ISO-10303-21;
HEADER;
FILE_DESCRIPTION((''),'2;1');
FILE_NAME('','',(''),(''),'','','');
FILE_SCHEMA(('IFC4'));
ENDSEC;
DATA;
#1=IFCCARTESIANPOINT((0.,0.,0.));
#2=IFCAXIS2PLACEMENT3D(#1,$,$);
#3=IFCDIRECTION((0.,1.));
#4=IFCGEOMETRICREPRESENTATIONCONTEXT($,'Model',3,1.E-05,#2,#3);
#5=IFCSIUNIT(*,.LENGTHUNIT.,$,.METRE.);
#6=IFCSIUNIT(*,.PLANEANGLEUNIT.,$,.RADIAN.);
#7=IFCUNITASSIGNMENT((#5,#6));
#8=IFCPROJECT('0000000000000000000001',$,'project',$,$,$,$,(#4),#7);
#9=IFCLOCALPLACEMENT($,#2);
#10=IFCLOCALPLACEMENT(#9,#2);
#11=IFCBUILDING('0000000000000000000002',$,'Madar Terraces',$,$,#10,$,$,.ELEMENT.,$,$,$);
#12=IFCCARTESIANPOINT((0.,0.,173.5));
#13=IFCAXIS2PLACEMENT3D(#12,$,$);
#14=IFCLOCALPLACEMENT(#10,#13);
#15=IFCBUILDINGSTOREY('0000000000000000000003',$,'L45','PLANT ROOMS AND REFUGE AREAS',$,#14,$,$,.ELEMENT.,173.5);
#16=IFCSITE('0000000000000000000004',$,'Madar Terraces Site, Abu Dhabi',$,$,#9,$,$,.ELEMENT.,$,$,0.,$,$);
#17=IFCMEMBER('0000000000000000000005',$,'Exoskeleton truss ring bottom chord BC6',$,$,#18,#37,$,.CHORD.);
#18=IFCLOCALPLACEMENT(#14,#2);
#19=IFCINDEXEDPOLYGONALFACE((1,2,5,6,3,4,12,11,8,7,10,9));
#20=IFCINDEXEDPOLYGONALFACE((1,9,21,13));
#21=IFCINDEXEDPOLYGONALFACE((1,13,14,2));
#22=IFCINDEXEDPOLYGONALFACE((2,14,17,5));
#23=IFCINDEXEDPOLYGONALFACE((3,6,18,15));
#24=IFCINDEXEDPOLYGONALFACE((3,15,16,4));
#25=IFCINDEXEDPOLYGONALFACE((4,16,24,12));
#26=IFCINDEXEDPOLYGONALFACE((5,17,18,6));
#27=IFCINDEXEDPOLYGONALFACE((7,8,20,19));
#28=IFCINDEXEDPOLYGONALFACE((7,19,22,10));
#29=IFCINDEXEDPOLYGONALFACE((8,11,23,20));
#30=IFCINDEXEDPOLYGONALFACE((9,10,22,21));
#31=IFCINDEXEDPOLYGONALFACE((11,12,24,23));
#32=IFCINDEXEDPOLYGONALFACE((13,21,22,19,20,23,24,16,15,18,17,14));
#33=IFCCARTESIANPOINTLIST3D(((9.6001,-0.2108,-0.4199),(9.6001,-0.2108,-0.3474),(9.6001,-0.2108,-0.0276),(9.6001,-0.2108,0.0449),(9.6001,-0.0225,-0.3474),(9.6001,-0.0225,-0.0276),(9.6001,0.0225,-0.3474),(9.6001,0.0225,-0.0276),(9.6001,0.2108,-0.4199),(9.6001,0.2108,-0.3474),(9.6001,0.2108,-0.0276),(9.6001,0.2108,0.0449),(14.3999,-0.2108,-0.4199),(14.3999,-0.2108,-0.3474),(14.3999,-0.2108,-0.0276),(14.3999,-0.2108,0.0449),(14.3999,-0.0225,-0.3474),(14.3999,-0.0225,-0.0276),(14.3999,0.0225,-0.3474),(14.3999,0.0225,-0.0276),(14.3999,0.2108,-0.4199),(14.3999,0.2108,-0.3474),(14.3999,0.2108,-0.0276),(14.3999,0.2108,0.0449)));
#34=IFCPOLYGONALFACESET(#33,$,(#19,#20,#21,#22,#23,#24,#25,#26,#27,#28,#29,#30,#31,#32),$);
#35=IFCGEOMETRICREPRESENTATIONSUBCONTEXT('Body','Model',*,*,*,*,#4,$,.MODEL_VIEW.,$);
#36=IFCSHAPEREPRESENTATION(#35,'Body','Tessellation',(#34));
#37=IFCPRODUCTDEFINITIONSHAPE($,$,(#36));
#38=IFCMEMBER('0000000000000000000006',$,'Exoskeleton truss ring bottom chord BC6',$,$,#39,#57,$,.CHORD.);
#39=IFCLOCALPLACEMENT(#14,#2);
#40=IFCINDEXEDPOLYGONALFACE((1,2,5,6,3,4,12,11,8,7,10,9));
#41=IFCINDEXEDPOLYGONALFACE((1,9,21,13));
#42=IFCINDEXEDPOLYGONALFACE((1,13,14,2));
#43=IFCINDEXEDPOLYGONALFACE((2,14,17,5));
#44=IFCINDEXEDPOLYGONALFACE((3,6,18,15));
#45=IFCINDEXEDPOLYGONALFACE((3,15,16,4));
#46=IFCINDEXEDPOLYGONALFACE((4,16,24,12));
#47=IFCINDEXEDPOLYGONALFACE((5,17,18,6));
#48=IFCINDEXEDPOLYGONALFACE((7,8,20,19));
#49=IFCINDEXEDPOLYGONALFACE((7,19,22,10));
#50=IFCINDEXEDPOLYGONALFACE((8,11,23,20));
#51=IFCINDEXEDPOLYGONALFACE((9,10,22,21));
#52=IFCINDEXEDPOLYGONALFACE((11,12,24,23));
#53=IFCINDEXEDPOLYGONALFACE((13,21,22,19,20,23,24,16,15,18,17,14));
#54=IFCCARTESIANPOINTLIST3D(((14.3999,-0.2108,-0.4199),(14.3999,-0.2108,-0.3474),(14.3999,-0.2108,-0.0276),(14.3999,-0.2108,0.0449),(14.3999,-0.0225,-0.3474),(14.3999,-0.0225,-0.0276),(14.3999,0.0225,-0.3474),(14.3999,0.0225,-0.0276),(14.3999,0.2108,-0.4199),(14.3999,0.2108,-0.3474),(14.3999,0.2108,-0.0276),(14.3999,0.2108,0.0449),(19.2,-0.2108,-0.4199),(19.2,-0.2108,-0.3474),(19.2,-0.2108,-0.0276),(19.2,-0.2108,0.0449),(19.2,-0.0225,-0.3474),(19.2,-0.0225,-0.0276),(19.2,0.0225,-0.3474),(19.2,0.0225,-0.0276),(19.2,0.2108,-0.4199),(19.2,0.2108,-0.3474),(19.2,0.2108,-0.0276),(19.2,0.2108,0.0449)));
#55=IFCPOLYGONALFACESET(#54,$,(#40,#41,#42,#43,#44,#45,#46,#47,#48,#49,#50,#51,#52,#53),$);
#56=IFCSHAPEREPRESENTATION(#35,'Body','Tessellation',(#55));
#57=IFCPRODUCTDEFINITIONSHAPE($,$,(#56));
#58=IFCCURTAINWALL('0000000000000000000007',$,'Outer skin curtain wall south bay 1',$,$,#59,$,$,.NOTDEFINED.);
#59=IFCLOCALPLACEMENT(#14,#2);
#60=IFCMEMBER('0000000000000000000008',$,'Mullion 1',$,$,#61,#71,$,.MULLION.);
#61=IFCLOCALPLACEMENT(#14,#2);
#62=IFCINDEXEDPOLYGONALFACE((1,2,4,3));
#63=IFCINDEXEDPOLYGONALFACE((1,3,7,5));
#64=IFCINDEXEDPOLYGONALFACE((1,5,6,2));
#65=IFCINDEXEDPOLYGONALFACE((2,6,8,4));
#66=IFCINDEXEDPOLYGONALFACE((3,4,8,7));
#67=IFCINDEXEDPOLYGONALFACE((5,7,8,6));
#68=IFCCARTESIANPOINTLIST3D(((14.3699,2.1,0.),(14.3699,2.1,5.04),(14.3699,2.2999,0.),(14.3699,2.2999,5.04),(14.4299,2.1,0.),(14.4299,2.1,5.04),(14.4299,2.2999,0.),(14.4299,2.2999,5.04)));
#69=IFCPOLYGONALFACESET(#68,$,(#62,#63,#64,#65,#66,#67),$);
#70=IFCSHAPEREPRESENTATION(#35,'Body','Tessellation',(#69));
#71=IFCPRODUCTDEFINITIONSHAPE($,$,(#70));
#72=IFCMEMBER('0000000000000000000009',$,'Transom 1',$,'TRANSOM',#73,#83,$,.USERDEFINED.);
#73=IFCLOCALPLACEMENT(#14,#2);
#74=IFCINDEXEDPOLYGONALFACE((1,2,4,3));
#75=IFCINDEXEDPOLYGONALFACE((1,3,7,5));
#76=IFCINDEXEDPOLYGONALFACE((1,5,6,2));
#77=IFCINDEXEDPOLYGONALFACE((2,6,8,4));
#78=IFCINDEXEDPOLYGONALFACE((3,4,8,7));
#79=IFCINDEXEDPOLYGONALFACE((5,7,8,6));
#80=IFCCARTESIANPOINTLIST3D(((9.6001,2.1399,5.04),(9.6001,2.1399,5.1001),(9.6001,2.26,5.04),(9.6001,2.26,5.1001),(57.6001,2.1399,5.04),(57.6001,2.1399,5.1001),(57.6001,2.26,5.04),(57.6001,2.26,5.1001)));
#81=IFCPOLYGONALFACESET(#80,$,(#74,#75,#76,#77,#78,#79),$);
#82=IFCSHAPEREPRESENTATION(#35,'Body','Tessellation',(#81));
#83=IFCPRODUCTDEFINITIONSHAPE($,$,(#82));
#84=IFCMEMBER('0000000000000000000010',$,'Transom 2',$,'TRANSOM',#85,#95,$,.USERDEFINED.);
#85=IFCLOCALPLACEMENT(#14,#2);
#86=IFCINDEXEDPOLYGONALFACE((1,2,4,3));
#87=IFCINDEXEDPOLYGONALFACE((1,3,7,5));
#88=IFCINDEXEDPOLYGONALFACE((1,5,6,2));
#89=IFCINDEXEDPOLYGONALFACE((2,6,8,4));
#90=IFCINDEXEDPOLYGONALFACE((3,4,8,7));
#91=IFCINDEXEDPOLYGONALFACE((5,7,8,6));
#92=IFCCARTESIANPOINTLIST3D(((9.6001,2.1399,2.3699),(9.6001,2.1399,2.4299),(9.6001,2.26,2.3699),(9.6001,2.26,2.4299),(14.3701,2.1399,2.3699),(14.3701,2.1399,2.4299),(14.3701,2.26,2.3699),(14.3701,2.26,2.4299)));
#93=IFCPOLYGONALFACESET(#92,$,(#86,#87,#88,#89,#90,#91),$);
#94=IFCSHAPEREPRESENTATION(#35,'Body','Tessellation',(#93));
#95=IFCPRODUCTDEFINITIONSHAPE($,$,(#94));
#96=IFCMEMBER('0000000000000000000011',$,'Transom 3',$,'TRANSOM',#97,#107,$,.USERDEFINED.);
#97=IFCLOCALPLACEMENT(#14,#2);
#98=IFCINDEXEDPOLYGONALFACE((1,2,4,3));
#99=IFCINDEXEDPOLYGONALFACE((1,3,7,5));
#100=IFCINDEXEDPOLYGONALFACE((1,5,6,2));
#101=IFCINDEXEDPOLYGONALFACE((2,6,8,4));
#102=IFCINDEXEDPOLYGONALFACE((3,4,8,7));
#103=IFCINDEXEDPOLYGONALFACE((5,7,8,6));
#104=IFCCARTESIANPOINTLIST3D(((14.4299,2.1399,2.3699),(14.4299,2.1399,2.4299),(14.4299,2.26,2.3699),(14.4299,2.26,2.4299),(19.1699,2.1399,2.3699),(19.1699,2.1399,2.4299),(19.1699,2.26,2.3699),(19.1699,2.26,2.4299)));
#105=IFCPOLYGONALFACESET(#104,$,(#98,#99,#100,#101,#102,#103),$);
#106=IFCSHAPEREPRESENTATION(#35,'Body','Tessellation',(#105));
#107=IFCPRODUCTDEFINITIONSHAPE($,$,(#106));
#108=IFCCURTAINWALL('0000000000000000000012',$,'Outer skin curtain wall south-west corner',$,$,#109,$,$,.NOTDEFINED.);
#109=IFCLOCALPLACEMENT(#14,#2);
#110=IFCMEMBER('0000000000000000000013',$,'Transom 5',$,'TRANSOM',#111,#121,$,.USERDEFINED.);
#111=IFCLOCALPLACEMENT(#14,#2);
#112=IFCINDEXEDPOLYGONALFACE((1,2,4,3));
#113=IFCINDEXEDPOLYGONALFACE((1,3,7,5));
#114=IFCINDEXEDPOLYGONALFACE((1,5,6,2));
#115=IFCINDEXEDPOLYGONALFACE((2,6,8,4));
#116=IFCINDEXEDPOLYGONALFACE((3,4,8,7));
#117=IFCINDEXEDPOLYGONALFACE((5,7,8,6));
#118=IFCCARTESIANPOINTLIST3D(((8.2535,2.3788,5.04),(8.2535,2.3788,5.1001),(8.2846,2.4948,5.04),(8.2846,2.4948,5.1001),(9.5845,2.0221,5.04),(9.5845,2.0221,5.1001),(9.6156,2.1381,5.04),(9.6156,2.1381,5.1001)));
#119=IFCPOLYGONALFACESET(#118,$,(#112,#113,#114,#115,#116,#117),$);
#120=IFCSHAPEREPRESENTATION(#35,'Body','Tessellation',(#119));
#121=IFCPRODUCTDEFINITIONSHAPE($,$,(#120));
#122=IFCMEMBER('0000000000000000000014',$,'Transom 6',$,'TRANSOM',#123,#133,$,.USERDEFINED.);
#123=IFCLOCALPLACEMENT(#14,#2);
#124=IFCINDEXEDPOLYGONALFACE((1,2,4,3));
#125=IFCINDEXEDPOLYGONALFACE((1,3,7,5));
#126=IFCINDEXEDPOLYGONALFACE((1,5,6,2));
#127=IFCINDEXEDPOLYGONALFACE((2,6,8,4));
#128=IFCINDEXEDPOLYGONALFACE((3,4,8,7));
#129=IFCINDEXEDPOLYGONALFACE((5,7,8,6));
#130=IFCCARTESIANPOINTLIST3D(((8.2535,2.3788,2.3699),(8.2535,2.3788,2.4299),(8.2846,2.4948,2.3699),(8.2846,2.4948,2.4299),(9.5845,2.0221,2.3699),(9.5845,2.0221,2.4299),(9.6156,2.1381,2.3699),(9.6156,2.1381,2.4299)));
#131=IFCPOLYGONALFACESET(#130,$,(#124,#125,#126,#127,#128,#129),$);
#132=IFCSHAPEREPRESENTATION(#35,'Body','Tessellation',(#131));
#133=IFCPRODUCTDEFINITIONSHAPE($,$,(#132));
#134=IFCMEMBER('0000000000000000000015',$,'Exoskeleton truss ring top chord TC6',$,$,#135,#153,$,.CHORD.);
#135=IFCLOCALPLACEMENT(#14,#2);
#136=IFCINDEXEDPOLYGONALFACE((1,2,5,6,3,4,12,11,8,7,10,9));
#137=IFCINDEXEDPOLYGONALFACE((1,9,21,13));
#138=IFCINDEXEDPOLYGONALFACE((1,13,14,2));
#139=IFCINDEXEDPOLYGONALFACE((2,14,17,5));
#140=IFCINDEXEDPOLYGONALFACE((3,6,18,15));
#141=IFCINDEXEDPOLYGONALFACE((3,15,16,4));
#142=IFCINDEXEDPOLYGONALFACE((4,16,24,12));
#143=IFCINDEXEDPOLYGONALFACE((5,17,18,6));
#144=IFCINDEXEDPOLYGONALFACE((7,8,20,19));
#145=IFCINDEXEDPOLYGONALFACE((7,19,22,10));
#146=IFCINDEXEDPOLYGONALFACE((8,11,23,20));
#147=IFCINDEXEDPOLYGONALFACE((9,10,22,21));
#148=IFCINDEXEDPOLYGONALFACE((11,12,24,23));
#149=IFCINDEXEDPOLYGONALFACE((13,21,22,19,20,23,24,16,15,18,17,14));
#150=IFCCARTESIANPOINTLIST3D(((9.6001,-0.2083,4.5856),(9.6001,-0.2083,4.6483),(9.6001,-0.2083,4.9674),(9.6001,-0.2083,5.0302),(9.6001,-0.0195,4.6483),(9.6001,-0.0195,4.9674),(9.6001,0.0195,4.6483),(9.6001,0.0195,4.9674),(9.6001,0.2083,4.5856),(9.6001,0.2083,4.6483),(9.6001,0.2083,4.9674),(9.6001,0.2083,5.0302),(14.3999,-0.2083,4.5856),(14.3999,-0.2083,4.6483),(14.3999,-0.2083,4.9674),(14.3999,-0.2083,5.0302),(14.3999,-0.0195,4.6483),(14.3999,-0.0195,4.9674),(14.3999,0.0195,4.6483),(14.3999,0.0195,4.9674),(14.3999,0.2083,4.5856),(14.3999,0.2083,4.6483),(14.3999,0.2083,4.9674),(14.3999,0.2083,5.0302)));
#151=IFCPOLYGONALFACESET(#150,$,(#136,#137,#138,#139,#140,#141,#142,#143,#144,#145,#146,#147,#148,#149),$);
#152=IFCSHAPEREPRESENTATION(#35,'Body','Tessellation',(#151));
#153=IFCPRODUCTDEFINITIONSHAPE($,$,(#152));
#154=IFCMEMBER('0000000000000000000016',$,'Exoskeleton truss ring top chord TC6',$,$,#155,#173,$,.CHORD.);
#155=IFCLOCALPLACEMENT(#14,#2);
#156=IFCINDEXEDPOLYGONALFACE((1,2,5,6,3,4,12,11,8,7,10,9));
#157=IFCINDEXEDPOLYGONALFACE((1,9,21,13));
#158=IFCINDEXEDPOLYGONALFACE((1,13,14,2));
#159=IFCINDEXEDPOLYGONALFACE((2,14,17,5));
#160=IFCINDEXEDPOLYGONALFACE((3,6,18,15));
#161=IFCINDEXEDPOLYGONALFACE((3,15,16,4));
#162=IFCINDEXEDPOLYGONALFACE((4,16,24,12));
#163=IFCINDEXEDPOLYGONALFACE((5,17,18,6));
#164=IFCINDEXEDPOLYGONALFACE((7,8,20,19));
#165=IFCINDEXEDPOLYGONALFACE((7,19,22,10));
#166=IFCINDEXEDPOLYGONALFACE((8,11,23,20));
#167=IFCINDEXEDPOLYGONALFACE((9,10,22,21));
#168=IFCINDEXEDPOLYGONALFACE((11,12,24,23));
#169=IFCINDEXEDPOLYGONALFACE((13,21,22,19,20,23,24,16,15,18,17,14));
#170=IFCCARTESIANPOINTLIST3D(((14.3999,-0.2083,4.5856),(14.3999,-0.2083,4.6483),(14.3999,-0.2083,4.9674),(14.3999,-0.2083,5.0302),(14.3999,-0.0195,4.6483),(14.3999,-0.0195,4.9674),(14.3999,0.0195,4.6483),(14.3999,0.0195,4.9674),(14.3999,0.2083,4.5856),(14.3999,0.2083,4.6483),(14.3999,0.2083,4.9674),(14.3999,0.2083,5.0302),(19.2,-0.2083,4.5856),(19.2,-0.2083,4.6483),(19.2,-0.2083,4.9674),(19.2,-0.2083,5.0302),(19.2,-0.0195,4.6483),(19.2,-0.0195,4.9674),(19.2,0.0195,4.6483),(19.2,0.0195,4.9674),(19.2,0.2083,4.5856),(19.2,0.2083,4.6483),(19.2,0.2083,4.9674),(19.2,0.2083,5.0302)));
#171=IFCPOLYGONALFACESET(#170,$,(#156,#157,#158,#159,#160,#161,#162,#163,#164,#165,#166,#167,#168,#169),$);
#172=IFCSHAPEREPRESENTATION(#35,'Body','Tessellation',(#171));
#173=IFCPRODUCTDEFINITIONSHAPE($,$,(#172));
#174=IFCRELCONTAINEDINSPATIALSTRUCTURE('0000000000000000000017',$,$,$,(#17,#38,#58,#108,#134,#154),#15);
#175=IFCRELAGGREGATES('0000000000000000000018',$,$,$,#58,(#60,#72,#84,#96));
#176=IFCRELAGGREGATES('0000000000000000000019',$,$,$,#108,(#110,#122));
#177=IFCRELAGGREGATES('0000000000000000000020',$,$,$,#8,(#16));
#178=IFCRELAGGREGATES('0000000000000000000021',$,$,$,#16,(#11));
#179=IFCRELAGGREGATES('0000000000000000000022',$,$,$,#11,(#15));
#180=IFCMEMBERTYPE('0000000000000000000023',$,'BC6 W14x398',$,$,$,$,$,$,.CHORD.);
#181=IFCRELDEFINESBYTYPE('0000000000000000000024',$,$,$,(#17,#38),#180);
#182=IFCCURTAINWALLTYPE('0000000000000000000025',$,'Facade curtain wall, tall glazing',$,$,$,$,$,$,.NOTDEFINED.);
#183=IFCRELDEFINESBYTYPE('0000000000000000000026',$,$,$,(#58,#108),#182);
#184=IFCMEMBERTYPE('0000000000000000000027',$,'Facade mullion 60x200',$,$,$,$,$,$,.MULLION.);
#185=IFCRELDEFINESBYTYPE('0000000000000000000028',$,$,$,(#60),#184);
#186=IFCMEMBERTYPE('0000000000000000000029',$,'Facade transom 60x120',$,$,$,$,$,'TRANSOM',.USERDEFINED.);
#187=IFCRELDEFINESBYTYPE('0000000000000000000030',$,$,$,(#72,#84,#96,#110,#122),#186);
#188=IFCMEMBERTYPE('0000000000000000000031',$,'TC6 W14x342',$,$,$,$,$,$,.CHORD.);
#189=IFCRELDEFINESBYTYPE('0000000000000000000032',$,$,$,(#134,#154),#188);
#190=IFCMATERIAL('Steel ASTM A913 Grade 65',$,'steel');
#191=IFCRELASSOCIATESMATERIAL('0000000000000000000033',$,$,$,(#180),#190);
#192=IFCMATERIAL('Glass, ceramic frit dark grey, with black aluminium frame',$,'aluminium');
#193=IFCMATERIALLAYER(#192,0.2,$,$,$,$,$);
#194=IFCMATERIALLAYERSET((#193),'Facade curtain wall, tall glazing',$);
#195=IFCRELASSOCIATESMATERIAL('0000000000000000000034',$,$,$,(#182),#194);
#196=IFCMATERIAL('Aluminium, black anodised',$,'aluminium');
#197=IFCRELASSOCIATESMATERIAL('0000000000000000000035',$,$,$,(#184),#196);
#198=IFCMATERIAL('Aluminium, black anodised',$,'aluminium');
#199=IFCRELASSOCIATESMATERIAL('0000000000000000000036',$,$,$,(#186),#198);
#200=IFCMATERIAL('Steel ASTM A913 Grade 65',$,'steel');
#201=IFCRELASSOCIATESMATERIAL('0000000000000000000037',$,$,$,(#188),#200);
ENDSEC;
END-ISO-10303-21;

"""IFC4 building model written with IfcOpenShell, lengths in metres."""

from ifc_helpers import new_model, si_unit, direction, frame, origin, origin_2d, place, context, subcontext, project, spatial, rectangle, i_section, extrude, material, layer, layer_set, material_profile, profile_set, type_object, element, aggregate, save


model = new_model("IFC4")

# Units and contexts
model_context = context("Model", 3, precision=1e-05, world=origin(), true_north=direction((0.0, 1.0)))
body_context = subcontext(model_context, "Body", "Model", "MODEL_VIEW")
ifc_project = project(units=[si_unit("LENGTHUNIT", "METRE"), si_unit("PLANEANGLEUNIT", "RADIAN")], contexts=[model_context])

# Site, building, storey
site_placement = place(None, origin())
site = spatial("IfcSite", under=ifc_project, at=site_placement, Name="Madar Terraces Site, Abu Dhabi", CompositionType="ELEMENT", RefElevation=0.0)
building_placement = place(site_placement, origin())
building = spatial("IfcBuilding", under=site, at=building_placement, Name="Madar Terraces", CompositionType="ELEMENT")
storey_placement = place(building_placement, frame((0.0, 0.0, 173.5)))
storey = spatial("IfcBuildingStorey", under=building, at=storey_placement, Name="L45", Description="PLANT ROOMS AND REFUGE AREAS", CompositionType="ELEMENT", Elevation=173.5)

# Members
ifc_material_1 = material(Name="Steel ASTM A913 Grade 65", Category="steel")
ifc_material_profile_1 = material_profile(ifc_material_1, i_section(OverallWidth=0.4216, OverallDepth=0.4648, WebThickness=0.0449, FlangeThickness=0.0725, at=origin_2d()), Name="W14x398")
ifc_profile_set_1 = profile_set([ifc_material_profile_1], Name="Steel ASTM A913 Grade 65")
member_type_1 = type_object("IfcMemberType", Name="BC6 W14x398", PredefinedType="CHORD", material=ifc_profile_set_1)
member_1_placement = place(storey_placement, frame((9.6001, 0.0, -0.1875), z_axis=(1.0, 0.0, 0.0), x_axis=(0.0, 1.0, 0.0)))
element("IfcMember", 1, at=member_1_placement, inside=storey, type_object=member_type_1, Name="Exoskeleton truss ring bottom chord BC6", PredefinedType="CHORD", context=body_context, shape_type="SweptSolid", body=[
    extrude(i_section(OverallWidth=0.4216, OverallDepth=0.4648, WebThickness=0.0449, FlangeThickness=0.0725, at=origin_2d()), origin(), (0.0, 0.0, 1.0), 4.7998),
])
member_2_placement = place(storey_placement, frame((14.3999, 0.0, -0.1875), z_axis=(1.0, 0.0, 0.0), x_axis=(0.0, 1.0, 0.0)))
element("IfcMember", 2, at=member_2_placement, inside=storey, type_object=member_type_1, Name="Exoskeleton truss ring bottom chord BC6", PredefinedType="CHORD", context=body_context, shape_type="SweptSolid", body=[
    extrude(i_section(OverallWidth=0.4216, OverallDepth=0.4648, WebThickness=0.0449, FlangeThickness=0.0725, at=origin_2d()), origin(), (0.0, 0.0, 1.0), 4.8),
])

# Curtain walls, members
ifc_material_2 = material(Name="Glass, ceramic frit dark grey, with black aluminium frame", Category="aluminium")
ifc_layer_1 = layer(ifc_material_2, 0.2)
ifc_layer_set_1 = layer_set([ifc_layer_1], Name="Facade curtain wall, tall glazing")
curtain_wall_type = type_object("IfcCurtainWallType", Name="Facade curtain wall, tall glazing", PredefinedType="NOTDEFINED", material=ifc_layer_set_1)
curtain_wall_1_placement = place(storey_placement, origin())
curtain_wall_1 = element("IfcCurtainWall", 3, at=curtain_wall_1_placement, inside=storey, type_object=curtain_wall_type, Name="Outer skin curtain wall south bay 1", PredefinedType="NOTDEFINED")
ifc_material_3 = material(Name="Aluminium, black anodised", Category="aluminium")
ifc_material_profile_2 = material_profile(ifc_material_3, rectangle(XDim=0.2, YDim=0.0601, at=origin_2d()), Name="Facade mullion 60x200")
ifc_profile_set_2 = profile_set([ifc_material_profile_2], Name="Aluminium, black anodised")
member_type_2 = type_object("IfcMemberType", Name="Facade mullion 60x200", PredefinedType="MULLION", material=ifc_profile_set_2)
member_3_placement = place(storey_placement, frame((14.3999, 2.2, 0.0), z_axis=(0.0, 0.0, 1.0), x_axis=(0.0, 1.0, 0.0)))
member_3 = element("IfcMember", 4, at=member_3_placement, type_object=member_type_2, Name="Mullion 1", PredefinedType="MULLION", context=body_context, shape_type="SweptSolid", body=[
    extrude(rectangle(XDim=0.2, YDim=0.0601, at=origin_2d()), origin(), (0.0, 0.0, 1.0), 5.04),
])
ifc_material_4 = material(Name="Aluminium, black anodised", Category="aluminium")
ifc_material_profile_3 = material_profile(ifc_material_4, rectangle(XDim=0.1201, YDim=0.0601, at=origin_2d()), Name="Facade transom 60x120")
ifc_profile_set_3 = profile_set([ifc_material_profile_3], Name="Aluminium, black anodised")
member_type_3 = type_object("IfcMemberType", Name="Facade transom 60x120", ElementType="TRANSOM", PredefinedType="USERDEFINED", material=ifc_profile_set_3)
member_4_placement = place(storey_placement, frame((9.6001, 2.2, 5.0701), z_axis=(1.0, 0.0, 0.0), x_axis=(0.0, 1.0, 0.0)))
member_4 = element("IfcMember", 5, at=member_4_placement, type_object=member_type_3, Name="Transom 1", ObjectType="TRANSOM", PredefinedType="USERDEFINED", context=body_context, shape_type="SweptSolid", body=[
    extrude(rectangle(XDim=0.1201, YDim=0.0601, at=origin_2d()), origin(), (0.0, 0.0, 1.0), 48.0),
])
member_5_placement = place(storey_placement, frame((9.6001, 2.2, 2.3999), z_axis=(1.0, 0.0, 0.0), x_axis=(0.0, 1.0, 0.0)))
member_5 = element("IfcMember", 6, at=member_5_placement, type_object=member_type_3, Name="Transom 2", ObjectType="TRANSOM", PredefinedType="USERDEFINED", context=body_context, shape_type="SweptSolid", body=[
    extrude(rectangle(XDim=0.1201, YDim=0.0601, at=origin_2d()), origin(), (0.0, 0.0, 1.0), 4.77),
])
member_6_placement = place(storey_placement, frame((14.4299, 2.2, 2.3999), z_axis=(1.0, 0.0, 0.0), x_axis=(0.0, 1.0, 0.0)))
member_6 = element("IfcMember", 7, at=member_6_placement, type_object=member_type_3, Name="Transom 3", ObjectType="TRANSOM", PredefinedType="USERDEFINED", context=body_context, shape_type="SweptSolid", body=[
    extrude(rectangle(XDim=0.1201, YDim=0.0601, at=origin_2d()), origin(), (0.0, 0.0, 1.0), 4.74),
])
curtain_wall_2_placement = place(storey_placement, origin())
curtain_wall_2 = element("IfcCurtainWall", 8, at=curtain_wall_2_placement, inside=storey, type_object=curtain_wall_type, Name="Outer skin curtain wall south-west corner", PredefinedType="NOTDEFINED")
member_7_placement = place(storey_placement, frame((8.269, 2.4368, 5.0701), z_axis=(0.96592, -0.258842, 0.0), x_axis=(0.258842, 0.96592, 0.0)))
member_7 = element("IfcMember", 9, at=member_7_placement, type_object=member_type_3, Name="Transom 5", ObjectType="TRANSOM", PredefinedType="USERDEFINED", context=body_context, shape_type="SweptSolid", body=[
    extrude(rectangle(XDim=0.1201, YDim=0.0601, at=origin_2d()), origin(), (0.0, 0.0, 1.0), 1.3779),
])
member_8_placement = place(storey_placement, frame((8.269, 2.4368, 2.3999), z_axis=(0.96592, -0.258842, 0.0), x_axis=(0.258842, 0.96592, 0.0)))
member_8 = element("IfcMember", 10, at=member_8_placement, type_object=member_type_3, Name="Transom 6", ObjectType="TRANSOM", PredefinedType="USERDEFINED", context=body_context, shape_type="SweptSolid", body=[
    extrude(rectangle(XDim=0.1201, YDim=0.0601, at=origin_2d()), origin(), (0.0, 0.0, 1.0), 1.3779),
])

# Members
ifc_material_5 = material(Name="Steel ASTM A913 Grade 65", Category="steel")
ifc_material_profile_4 = material_profile(ifc_material_5, i_section(OverallWidth=0.4165, OverallDepth=0.4446, WebThickness=0.0391, FlangeThickness=0.0627, at=origin_2d()), Name="W14x342")
ifc_profile_set_4 = profile_set([ifc_material_profile_4], Name="Steel ASTM A913 Grade 65")
member_type_4 = type_object("IfcMemberType", Name="TC6 W14x342", PredefinedType="CHORD", material=ifc_profile_set_4)
member_9_placement = place(storey_placement, frame((9.6001, 0.0, 4.8079), z_axis=(1.0, 0.0, 0.0), x_axis=(0.0, 1.0, 0.0)))
element("IfcMember", 11, at=member_9_placement, inside=storey, type_object=member_type_4, Name="Exoskeleton truss ring top chord TC6", PredefinedType="CHORD", context=body_context, shape_type="SweptSolid", body=[
    extrude(i_section(OverallWidth=0.4165, OverallDepth=0.4446, WebThickness=0.0391, FlangeThickness=0.0627, at=origin_2d()), origin(), (0.0, 0.0, 1.0), 4.7998),
])
member_10_placement = place(storey_placement, frame((14.3999, 0.0, 4.8079), z_axis=(1.0, 0.0, 0.0), x_axis=(0.0, 1.0, 0.0)))
element("IfcMember", 12, at=member_10_placement, inside=storey, type_object=member_type_4, Name="Exoskeleton truss ring top chord TC6", PredefinedType="CHORD", context=body_context, shape_type="SweptSolid", body=[
    extrude(i_section(OverallWidth=0.4165, OverallDepth=0.4446, WebThickness=0.0391, FlangeThickness=0.0627, at=origin_2d()), origin(), (0.0, 0.0, 1.0), 4.8),
])

aggregate(curtain_wall_1, [member_3, member_4, member_5, member_6])
aggregate(curtain_wall_2, [member_7, member_8])

save(model, "model.ifc")
